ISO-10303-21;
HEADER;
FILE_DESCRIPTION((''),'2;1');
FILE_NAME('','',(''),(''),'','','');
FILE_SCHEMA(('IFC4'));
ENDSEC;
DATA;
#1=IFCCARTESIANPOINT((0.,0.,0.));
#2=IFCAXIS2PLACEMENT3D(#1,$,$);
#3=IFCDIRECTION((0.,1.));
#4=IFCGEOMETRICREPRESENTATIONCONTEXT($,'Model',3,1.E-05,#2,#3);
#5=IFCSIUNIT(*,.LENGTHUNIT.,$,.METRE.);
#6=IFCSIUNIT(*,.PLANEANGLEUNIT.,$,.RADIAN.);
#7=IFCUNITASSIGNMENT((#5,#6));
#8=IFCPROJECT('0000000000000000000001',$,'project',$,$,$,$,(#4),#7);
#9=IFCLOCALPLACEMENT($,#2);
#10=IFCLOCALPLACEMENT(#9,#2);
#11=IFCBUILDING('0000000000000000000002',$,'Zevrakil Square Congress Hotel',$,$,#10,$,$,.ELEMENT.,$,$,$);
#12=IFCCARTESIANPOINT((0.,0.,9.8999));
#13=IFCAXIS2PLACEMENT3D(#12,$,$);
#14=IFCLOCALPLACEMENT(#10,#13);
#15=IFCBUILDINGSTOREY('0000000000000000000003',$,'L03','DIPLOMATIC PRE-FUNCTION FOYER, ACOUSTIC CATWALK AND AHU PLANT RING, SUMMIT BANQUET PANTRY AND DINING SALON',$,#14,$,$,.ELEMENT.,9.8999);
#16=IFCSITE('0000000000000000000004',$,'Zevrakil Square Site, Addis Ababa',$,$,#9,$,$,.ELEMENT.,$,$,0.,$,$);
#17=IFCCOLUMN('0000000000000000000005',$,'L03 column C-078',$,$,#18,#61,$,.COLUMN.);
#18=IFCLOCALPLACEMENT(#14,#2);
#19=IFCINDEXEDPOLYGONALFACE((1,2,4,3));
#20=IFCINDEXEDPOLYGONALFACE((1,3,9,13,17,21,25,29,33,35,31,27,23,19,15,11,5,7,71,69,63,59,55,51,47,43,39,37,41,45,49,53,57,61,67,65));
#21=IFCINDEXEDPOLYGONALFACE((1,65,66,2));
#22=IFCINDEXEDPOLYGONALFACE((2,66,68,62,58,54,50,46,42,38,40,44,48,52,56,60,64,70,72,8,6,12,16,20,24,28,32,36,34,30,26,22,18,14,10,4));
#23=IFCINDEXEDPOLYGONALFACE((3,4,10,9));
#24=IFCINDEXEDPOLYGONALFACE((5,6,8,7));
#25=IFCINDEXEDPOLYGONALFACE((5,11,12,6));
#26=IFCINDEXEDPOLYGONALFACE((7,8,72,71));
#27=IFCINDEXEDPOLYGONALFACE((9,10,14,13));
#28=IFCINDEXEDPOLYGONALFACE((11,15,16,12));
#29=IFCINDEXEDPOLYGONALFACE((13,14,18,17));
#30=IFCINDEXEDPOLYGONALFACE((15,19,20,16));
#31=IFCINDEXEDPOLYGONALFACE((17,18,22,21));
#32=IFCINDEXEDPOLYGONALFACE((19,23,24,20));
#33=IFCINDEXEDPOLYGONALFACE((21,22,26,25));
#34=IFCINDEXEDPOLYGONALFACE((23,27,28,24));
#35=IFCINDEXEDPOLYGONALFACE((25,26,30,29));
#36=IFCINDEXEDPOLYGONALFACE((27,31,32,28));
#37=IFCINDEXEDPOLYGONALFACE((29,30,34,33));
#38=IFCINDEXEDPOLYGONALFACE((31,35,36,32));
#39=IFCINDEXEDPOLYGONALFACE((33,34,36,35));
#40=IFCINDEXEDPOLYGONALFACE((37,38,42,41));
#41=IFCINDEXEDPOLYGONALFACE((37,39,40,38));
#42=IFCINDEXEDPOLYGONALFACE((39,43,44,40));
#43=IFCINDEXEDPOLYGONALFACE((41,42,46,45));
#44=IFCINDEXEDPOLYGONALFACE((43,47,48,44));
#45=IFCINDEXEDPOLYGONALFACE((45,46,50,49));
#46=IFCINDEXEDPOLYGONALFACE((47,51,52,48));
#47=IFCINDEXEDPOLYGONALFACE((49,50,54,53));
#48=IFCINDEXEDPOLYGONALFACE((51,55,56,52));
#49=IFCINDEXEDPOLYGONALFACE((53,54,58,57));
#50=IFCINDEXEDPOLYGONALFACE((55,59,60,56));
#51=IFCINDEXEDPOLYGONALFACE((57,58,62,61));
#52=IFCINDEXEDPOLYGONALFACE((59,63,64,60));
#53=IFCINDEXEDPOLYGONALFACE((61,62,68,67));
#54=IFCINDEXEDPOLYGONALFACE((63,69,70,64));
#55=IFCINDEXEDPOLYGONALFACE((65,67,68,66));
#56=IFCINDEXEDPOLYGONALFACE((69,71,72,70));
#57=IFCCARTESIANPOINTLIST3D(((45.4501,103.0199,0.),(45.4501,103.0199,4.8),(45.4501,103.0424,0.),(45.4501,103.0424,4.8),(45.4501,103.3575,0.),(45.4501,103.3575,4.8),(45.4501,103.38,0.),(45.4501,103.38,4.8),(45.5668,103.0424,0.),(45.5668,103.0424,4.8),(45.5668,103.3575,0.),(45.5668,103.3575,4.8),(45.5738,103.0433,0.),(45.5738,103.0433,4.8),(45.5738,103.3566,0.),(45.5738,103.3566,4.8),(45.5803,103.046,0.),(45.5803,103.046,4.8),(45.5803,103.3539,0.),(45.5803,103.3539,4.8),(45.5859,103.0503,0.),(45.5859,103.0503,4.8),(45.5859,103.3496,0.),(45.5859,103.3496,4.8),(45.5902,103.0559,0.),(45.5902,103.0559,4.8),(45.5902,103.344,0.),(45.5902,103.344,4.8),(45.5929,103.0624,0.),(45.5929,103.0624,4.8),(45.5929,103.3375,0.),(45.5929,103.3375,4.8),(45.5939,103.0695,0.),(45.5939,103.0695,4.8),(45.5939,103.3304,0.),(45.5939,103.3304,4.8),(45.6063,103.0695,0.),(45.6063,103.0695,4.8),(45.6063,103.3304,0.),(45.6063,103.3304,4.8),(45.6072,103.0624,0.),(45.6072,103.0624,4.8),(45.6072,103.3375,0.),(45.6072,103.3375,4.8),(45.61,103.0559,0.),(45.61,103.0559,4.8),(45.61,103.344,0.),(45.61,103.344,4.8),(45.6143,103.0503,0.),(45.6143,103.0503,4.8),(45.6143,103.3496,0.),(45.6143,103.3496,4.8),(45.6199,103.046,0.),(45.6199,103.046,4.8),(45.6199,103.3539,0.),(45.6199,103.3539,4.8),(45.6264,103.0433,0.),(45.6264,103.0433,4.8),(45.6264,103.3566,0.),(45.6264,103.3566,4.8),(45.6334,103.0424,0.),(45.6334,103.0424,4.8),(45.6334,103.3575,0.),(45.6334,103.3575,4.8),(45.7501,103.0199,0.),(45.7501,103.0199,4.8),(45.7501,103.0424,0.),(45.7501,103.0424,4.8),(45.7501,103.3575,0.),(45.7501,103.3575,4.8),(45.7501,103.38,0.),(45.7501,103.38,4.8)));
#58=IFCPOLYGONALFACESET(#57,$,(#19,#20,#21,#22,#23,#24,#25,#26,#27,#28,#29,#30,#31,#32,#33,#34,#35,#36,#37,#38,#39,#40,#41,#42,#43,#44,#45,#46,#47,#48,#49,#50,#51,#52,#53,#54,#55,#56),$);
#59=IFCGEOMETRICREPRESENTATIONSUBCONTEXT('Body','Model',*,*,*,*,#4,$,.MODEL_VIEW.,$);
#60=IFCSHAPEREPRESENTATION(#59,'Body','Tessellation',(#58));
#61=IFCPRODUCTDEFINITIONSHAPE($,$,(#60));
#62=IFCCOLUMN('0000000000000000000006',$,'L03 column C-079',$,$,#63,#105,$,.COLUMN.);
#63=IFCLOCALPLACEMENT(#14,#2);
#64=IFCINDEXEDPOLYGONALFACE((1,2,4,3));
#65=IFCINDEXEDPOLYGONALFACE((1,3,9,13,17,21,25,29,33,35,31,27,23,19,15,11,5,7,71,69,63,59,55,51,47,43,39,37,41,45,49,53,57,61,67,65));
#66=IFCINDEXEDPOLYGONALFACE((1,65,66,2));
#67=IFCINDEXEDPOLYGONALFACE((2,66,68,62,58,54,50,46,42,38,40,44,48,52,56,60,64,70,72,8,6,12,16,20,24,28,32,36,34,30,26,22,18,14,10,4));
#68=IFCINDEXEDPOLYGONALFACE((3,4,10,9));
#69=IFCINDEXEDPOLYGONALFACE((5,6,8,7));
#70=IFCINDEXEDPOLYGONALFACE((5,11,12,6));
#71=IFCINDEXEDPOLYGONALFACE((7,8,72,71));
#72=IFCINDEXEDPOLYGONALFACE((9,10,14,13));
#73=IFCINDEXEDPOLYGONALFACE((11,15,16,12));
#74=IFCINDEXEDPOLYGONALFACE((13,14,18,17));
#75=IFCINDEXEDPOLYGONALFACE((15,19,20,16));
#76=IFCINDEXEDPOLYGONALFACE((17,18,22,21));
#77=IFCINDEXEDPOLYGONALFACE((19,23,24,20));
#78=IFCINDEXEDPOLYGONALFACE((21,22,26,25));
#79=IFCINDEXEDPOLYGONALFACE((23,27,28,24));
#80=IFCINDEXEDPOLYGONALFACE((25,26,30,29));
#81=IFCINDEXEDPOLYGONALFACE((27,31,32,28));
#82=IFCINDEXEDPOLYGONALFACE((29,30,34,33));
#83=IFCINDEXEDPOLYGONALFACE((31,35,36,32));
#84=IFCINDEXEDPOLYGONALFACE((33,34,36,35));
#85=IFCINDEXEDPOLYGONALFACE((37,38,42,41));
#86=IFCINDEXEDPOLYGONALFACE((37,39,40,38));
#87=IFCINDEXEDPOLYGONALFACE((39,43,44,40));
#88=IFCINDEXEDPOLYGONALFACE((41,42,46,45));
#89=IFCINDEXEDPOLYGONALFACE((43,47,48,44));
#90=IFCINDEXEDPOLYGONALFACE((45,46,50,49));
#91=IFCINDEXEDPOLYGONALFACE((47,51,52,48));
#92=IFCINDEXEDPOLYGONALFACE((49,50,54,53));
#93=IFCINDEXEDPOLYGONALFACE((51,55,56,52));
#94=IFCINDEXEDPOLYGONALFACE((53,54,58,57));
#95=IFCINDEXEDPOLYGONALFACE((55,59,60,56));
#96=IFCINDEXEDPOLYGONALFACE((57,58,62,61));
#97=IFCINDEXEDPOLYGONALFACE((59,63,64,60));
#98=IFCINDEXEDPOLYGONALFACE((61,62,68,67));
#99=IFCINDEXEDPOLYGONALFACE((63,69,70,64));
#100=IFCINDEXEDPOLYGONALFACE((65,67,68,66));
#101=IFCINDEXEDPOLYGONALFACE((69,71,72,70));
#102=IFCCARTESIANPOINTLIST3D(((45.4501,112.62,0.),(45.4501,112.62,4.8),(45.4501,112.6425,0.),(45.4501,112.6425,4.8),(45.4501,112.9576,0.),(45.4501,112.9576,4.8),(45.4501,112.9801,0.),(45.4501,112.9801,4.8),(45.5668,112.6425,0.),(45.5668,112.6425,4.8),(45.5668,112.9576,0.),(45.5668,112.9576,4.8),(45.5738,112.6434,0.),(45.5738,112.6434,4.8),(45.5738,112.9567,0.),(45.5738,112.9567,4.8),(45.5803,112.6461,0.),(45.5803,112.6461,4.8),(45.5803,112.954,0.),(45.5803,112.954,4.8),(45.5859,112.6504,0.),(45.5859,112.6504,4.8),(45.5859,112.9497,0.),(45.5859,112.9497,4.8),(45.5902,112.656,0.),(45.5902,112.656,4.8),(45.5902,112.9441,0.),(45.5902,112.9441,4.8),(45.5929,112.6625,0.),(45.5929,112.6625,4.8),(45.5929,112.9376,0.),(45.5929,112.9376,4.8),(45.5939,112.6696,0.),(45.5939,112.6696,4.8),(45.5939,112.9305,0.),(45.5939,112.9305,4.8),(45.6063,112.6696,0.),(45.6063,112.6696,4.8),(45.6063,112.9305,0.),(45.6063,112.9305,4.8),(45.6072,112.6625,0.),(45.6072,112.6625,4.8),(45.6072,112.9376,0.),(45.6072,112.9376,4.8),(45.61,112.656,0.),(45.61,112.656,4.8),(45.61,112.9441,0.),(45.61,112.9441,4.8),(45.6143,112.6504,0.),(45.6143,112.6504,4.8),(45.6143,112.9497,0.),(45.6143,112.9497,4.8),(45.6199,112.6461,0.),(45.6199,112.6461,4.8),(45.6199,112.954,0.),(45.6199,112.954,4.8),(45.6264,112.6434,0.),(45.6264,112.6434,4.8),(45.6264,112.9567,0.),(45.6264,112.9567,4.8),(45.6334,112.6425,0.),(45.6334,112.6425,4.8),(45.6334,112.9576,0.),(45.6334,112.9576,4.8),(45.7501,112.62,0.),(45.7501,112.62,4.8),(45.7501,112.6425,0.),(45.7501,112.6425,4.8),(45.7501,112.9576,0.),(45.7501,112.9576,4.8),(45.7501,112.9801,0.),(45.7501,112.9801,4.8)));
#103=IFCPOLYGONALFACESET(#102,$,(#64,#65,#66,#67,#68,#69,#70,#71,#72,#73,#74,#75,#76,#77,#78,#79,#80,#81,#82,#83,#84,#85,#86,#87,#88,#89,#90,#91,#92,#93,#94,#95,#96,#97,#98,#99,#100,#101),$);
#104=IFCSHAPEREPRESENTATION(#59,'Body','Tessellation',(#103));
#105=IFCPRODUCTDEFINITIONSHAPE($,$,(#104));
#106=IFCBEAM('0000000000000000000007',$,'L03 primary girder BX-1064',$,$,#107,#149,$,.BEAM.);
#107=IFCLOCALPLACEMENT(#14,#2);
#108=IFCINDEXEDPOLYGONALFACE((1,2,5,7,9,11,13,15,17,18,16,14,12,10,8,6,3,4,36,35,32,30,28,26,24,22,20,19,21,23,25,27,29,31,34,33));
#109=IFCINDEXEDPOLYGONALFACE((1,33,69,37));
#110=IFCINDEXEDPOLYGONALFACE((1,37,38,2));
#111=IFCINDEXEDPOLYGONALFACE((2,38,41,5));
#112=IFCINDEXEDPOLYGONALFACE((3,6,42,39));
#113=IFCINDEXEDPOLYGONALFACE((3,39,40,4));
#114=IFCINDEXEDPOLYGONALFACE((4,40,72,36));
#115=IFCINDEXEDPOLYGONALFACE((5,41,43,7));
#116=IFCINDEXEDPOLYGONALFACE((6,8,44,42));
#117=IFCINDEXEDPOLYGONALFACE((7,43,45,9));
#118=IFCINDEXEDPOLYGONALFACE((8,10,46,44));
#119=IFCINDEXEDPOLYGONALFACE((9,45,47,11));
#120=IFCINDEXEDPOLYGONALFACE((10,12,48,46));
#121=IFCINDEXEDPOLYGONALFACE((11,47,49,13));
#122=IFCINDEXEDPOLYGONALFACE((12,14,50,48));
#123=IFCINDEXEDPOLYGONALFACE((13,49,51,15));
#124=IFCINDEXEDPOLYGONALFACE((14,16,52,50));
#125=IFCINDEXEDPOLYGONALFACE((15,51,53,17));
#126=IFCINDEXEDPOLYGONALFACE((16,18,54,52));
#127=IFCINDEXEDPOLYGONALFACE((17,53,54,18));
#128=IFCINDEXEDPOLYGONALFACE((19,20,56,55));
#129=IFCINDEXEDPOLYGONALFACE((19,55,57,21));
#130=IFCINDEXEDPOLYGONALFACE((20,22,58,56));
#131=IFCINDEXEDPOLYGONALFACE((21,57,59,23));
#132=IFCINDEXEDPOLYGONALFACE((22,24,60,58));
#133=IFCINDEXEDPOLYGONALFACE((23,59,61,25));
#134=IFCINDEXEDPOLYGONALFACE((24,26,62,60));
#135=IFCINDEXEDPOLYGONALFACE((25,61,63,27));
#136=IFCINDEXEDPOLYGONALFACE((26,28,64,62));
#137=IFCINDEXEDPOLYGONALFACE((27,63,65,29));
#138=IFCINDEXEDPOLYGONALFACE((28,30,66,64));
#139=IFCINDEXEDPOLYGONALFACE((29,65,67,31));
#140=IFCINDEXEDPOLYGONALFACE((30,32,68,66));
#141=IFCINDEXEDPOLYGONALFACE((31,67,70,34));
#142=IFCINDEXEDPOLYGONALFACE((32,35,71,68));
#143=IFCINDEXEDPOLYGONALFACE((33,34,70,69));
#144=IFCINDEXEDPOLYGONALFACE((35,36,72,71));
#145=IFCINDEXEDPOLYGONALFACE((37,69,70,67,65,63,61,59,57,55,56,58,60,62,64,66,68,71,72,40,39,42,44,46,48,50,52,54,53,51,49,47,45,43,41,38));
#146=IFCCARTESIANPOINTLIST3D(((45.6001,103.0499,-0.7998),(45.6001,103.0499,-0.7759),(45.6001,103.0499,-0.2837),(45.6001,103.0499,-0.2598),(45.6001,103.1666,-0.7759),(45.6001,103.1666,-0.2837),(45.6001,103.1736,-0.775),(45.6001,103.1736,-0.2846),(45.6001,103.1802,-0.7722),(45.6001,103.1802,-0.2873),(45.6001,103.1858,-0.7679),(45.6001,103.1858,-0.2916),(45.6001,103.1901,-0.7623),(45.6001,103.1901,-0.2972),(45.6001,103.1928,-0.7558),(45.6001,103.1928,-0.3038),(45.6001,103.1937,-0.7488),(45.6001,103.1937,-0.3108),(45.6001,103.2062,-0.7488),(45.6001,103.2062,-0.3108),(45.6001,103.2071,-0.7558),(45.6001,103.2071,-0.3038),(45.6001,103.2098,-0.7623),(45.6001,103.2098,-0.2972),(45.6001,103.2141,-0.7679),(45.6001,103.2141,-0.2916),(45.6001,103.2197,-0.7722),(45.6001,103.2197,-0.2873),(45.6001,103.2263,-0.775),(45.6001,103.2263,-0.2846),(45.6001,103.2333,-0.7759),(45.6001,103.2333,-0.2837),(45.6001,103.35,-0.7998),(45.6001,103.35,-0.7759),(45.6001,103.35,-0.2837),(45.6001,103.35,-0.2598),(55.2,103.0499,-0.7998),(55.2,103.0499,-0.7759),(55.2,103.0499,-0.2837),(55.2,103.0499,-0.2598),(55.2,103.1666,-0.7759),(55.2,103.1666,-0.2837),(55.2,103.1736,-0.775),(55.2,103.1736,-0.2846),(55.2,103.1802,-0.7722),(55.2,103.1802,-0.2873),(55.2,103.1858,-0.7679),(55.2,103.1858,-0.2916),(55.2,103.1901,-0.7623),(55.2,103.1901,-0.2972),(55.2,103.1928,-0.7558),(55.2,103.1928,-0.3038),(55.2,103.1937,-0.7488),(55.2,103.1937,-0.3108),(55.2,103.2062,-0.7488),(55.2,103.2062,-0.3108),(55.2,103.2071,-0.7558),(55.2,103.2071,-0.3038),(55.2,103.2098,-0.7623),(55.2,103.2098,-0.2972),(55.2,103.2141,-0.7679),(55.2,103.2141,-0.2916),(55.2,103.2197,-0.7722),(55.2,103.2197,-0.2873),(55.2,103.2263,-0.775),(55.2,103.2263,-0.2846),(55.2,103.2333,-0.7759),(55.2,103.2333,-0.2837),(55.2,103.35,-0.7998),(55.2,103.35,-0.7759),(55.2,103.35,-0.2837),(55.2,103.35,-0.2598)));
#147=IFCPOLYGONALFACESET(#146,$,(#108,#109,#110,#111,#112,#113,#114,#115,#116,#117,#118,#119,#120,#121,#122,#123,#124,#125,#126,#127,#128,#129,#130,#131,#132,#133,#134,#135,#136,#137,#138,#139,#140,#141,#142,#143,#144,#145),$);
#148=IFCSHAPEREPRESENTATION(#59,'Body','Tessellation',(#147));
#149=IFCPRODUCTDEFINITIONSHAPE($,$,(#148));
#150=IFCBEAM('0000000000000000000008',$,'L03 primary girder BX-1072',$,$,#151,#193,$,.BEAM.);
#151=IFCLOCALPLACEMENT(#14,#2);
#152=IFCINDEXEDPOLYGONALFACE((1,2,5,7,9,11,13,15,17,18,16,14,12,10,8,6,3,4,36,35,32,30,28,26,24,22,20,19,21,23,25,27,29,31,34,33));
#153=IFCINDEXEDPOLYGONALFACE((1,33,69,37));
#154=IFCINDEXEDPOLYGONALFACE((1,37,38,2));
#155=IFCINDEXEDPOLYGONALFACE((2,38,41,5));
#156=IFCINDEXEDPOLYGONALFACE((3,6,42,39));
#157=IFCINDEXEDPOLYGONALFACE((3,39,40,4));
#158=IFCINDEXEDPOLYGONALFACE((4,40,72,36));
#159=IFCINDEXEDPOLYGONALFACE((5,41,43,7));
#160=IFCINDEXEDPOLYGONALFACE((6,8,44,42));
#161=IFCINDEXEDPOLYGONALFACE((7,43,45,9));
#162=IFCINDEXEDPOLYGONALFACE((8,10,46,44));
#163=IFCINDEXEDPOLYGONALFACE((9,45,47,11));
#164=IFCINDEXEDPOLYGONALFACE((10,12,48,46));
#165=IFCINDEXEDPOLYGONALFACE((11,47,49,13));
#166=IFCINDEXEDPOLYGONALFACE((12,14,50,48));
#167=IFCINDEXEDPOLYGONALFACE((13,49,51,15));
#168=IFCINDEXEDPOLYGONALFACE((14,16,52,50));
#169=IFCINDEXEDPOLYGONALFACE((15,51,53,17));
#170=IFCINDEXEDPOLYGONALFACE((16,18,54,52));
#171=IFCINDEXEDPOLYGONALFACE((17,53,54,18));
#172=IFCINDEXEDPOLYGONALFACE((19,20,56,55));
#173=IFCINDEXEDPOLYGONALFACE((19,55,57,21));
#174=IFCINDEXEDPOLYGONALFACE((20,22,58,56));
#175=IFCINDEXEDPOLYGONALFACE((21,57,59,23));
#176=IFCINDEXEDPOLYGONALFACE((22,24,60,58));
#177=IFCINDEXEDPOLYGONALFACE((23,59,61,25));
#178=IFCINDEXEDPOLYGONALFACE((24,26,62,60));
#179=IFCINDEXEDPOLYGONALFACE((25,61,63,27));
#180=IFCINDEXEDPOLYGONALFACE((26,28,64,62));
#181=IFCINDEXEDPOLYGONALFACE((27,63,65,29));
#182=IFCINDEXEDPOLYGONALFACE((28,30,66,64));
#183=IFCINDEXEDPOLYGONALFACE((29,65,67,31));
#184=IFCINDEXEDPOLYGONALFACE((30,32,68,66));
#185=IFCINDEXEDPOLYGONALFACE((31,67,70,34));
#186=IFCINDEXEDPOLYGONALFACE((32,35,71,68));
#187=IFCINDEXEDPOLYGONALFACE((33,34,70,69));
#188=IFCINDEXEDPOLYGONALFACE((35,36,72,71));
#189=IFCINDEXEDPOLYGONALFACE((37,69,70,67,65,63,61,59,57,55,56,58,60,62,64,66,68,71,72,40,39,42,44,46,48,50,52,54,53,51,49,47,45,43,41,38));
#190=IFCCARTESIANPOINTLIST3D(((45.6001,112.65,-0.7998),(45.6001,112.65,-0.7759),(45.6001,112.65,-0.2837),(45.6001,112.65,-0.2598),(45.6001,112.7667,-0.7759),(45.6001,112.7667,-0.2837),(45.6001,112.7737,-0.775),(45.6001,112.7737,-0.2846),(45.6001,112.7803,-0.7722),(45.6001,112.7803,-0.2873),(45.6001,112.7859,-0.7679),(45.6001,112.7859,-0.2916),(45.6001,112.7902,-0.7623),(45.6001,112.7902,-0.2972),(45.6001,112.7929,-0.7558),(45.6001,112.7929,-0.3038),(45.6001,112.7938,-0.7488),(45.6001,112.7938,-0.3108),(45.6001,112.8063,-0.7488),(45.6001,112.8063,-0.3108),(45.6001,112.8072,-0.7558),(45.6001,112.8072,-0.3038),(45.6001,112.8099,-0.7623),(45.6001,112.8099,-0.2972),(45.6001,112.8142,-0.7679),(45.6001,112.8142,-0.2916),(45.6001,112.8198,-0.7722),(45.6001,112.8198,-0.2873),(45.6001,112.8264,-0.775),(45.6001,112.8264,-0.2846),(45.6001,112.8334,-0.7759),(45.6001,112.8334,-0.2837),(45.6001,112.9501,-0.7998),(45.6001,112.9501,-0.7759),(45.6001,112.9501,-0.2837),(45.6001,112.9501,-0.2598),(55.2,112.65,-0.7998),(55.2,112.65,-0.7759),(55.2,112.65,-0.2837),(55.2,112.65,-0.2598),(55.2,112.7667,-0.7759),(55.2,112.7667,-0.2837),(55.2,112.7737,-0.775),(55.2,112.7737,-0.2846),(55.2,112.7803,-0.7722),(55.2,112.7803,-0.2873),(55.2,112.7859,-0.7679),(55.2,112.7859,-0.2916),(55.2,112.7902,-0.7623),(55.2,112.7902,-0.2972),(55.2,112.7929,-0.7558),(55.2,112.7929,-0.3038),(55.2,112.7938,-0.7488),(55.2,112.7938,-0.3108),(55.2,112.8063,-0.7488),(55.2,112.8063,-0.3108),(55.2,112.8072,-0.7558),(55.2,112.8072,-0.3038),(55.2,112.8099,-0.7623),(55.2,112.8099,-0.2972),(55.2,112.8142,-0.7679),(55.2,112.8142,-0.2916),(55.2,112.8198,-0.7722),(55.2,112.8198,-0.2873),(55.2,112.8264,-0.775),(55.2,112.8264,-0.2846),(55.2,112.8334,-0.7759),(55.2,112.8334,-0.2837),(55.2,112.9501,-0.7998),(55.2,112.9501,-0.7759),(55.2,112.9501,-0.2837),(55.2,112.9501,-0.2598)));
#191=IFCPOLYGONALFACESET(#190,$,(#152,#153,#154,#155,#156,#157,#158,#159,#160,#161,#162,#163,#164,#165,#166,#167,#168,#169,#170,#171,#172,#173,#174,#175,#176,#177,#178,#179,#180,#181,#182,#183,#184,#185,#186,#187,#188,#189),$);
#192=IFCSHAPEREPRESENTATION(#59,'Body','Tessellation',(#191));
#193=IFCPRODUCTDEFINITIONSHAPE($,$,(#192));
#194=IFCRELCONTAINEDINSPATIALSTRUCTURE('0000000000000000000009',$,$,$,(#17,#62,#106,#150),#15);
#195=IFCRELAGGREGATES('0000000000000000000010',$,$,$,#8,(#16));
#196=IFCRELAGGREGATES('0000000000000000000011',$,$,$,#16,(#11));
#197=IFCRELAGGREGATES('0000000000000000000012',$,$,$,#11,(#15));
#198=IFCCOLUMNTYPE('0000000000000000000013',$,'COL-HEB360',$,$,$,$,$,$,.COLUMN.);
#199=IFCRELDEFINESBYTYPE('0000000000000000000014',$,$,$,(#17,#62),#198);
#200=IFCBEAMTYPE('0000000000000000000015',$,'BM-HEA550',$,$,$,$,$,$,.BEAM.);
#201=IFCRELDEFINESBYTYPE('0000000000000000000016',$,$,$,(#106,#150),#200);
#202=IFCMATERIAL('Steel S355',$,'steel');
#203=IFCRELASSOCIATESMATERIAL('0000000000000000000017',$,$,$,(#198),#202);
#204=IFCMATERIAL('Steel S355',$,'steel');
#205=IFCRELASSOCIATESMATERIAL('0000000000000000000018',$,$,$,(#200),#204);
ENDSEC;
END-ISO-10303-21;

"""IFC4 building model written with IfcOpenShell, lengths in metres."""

from ifc_helpers import new_model, si_unit, direction, frame, origin, origin_2d, place, context, subcontext, project, spatial, i_section, extrude, material, material_profile, profile_set, type_object, element, save


model = new_model("IFC4")

# Units and contexts
model_context = context("Model", 3, precision=1e-05, world=origin(), true_north=direction((0.0, 1.0)))
body_context = subcontext(model_context, "Body", "Model", "MODEL_VIEW")
ifc_project = project(units=[si_unit("LENGTHUNIT", "METRE"), si_unit("PLANEANGLEUNIT", "RADIAN")], contexts=[model_context])

# Site, building, storey
site_placement = place(None, origin())
site = spatial("IfcSite", under=ifc_project, at=site_placement, Name="Zevrakil Square Site, Addis Ababa", CompositionType="ELEMENT", RefElevation=0.0)
building_placement = place(site_placement, origin())
building = spatial("IfcBuilding", under=site, at=building_placement, Name="Zevrakil Square Congress Hotel", CompositionType="ELEMENT")
storey_placement = place(building_placement, frame((0.0, 0.0, 9.8999)))
storey = spatial("IfcBuildingStorey", under=building, at=storey_placement, Name="L03", Description="DIPLOMATIC PRE-FUNCTION FOYER, ACOUSTIC CATWALK AND AHU PLANT RING, SUMMIT BANQUET PANTRY AND DINING SALON", CompositionType="ELEMENT", Elevation=9.8999)

# Columns
ifc_material_1 = material(Name="Steel S355", Category="steel")
ifc_material_profile_1 = material_profile(ifc_material_1, i_section(OverallWidth=0.3, OverallDepth=0.3601, WebThickness=0.0125, FlangeThickness=0.0225, FilletRadius=0.0271, at=origin_2d()), Name="HEB 360")
ifc_profile_set_1 = profile_set([ifc_material_profile_1], Name="Steel S355")
column_type = type_object("IfcColumnType", Name="COL-HEB360", PredefinedType="COLUMN", material=ifc_profile_set_1)
for number, where, z_axis, x_axis, name in (
    (1, (45.6001, 103.2, 0.0), (0.0, 0.0, 1.0), (1.0, 0.0, 0.0), "L03 column C-078"),
    (2, (45.6001, 112.8, 0.0), (0.0, 0.0, 1.0), (1.0, 0.0, 0.0), "L03 column C-079"),
):
    element("IfcColumn", number, at=place(storey_placement, frame(where, z_axis=z_axis, x_axis=x_axis)), inside=storey, type_object=column_type, Name=name, PredefinedType="COLUMN", context=body_context, shape_type="SweptSolid", body=[
        extrude(i_section(OverallWidth=0.3, OverallDepth=0.3601, WebThickness=0.0125, FlangeThickness=0.0225, FilletRadius=0.0271, at=origin_2d()), origin(), (0.0, 0.0, 1.0), 4.8),
    ])

# Beams
ifc_material_2 = material(Name="Steel S355", Category="steel")
ifc_material_profile_2 = material_profile(ifc_material_2, i_section(OverallWidth=0.3, OverallDepth=0.54, WebThickness=0.0125, FlangeThickness=0.0239, FilletRadius=0.0271, at=origin_2d()), Name="HEA 550")
ifc_profile_set_2 = profile_set([ifc_material_profile_2], Name="Steel S355")
beam_type_1 = type_object("IfcBeamType", Name="BM-HEA550", PredefinedType="BEAM", material=ifc_profile_set_2)
for number, where, z_axis, x_axis, name in (
    (3, (45.6001, 103.2, -0.5298), (1.0, 0.0, 0.0), (0.0, 1.0, 0.0), "L03 primary girder BX-1064"),
    (4, (45.6001, 112.8, -0.5298), (1.0, 0.0, 0.0), (0.0, 1.0, 0.0), "L03 primary girder BX-1072"),
):
    element("IfcBeam", number, at=place(storey_placement, frame(where, z_axis=z_axis, x_axis=x_axis)), inside=storey, type_object=beam_type_1, Name=name, PredefinedType="BEAM", context=body_context, shape_type="SweptSolid", body=[
        extrude(i_section(OverallWidth=0.3, OverallDepth=0.54, WebThickness=0.0125, FlangeThickness=0.0239, FilletRadius=0.0271, at=origin_2d()), origin(), (0.0, 0.0, 1.0), 9.5999),
    ])

save(model, "model.ifc")
